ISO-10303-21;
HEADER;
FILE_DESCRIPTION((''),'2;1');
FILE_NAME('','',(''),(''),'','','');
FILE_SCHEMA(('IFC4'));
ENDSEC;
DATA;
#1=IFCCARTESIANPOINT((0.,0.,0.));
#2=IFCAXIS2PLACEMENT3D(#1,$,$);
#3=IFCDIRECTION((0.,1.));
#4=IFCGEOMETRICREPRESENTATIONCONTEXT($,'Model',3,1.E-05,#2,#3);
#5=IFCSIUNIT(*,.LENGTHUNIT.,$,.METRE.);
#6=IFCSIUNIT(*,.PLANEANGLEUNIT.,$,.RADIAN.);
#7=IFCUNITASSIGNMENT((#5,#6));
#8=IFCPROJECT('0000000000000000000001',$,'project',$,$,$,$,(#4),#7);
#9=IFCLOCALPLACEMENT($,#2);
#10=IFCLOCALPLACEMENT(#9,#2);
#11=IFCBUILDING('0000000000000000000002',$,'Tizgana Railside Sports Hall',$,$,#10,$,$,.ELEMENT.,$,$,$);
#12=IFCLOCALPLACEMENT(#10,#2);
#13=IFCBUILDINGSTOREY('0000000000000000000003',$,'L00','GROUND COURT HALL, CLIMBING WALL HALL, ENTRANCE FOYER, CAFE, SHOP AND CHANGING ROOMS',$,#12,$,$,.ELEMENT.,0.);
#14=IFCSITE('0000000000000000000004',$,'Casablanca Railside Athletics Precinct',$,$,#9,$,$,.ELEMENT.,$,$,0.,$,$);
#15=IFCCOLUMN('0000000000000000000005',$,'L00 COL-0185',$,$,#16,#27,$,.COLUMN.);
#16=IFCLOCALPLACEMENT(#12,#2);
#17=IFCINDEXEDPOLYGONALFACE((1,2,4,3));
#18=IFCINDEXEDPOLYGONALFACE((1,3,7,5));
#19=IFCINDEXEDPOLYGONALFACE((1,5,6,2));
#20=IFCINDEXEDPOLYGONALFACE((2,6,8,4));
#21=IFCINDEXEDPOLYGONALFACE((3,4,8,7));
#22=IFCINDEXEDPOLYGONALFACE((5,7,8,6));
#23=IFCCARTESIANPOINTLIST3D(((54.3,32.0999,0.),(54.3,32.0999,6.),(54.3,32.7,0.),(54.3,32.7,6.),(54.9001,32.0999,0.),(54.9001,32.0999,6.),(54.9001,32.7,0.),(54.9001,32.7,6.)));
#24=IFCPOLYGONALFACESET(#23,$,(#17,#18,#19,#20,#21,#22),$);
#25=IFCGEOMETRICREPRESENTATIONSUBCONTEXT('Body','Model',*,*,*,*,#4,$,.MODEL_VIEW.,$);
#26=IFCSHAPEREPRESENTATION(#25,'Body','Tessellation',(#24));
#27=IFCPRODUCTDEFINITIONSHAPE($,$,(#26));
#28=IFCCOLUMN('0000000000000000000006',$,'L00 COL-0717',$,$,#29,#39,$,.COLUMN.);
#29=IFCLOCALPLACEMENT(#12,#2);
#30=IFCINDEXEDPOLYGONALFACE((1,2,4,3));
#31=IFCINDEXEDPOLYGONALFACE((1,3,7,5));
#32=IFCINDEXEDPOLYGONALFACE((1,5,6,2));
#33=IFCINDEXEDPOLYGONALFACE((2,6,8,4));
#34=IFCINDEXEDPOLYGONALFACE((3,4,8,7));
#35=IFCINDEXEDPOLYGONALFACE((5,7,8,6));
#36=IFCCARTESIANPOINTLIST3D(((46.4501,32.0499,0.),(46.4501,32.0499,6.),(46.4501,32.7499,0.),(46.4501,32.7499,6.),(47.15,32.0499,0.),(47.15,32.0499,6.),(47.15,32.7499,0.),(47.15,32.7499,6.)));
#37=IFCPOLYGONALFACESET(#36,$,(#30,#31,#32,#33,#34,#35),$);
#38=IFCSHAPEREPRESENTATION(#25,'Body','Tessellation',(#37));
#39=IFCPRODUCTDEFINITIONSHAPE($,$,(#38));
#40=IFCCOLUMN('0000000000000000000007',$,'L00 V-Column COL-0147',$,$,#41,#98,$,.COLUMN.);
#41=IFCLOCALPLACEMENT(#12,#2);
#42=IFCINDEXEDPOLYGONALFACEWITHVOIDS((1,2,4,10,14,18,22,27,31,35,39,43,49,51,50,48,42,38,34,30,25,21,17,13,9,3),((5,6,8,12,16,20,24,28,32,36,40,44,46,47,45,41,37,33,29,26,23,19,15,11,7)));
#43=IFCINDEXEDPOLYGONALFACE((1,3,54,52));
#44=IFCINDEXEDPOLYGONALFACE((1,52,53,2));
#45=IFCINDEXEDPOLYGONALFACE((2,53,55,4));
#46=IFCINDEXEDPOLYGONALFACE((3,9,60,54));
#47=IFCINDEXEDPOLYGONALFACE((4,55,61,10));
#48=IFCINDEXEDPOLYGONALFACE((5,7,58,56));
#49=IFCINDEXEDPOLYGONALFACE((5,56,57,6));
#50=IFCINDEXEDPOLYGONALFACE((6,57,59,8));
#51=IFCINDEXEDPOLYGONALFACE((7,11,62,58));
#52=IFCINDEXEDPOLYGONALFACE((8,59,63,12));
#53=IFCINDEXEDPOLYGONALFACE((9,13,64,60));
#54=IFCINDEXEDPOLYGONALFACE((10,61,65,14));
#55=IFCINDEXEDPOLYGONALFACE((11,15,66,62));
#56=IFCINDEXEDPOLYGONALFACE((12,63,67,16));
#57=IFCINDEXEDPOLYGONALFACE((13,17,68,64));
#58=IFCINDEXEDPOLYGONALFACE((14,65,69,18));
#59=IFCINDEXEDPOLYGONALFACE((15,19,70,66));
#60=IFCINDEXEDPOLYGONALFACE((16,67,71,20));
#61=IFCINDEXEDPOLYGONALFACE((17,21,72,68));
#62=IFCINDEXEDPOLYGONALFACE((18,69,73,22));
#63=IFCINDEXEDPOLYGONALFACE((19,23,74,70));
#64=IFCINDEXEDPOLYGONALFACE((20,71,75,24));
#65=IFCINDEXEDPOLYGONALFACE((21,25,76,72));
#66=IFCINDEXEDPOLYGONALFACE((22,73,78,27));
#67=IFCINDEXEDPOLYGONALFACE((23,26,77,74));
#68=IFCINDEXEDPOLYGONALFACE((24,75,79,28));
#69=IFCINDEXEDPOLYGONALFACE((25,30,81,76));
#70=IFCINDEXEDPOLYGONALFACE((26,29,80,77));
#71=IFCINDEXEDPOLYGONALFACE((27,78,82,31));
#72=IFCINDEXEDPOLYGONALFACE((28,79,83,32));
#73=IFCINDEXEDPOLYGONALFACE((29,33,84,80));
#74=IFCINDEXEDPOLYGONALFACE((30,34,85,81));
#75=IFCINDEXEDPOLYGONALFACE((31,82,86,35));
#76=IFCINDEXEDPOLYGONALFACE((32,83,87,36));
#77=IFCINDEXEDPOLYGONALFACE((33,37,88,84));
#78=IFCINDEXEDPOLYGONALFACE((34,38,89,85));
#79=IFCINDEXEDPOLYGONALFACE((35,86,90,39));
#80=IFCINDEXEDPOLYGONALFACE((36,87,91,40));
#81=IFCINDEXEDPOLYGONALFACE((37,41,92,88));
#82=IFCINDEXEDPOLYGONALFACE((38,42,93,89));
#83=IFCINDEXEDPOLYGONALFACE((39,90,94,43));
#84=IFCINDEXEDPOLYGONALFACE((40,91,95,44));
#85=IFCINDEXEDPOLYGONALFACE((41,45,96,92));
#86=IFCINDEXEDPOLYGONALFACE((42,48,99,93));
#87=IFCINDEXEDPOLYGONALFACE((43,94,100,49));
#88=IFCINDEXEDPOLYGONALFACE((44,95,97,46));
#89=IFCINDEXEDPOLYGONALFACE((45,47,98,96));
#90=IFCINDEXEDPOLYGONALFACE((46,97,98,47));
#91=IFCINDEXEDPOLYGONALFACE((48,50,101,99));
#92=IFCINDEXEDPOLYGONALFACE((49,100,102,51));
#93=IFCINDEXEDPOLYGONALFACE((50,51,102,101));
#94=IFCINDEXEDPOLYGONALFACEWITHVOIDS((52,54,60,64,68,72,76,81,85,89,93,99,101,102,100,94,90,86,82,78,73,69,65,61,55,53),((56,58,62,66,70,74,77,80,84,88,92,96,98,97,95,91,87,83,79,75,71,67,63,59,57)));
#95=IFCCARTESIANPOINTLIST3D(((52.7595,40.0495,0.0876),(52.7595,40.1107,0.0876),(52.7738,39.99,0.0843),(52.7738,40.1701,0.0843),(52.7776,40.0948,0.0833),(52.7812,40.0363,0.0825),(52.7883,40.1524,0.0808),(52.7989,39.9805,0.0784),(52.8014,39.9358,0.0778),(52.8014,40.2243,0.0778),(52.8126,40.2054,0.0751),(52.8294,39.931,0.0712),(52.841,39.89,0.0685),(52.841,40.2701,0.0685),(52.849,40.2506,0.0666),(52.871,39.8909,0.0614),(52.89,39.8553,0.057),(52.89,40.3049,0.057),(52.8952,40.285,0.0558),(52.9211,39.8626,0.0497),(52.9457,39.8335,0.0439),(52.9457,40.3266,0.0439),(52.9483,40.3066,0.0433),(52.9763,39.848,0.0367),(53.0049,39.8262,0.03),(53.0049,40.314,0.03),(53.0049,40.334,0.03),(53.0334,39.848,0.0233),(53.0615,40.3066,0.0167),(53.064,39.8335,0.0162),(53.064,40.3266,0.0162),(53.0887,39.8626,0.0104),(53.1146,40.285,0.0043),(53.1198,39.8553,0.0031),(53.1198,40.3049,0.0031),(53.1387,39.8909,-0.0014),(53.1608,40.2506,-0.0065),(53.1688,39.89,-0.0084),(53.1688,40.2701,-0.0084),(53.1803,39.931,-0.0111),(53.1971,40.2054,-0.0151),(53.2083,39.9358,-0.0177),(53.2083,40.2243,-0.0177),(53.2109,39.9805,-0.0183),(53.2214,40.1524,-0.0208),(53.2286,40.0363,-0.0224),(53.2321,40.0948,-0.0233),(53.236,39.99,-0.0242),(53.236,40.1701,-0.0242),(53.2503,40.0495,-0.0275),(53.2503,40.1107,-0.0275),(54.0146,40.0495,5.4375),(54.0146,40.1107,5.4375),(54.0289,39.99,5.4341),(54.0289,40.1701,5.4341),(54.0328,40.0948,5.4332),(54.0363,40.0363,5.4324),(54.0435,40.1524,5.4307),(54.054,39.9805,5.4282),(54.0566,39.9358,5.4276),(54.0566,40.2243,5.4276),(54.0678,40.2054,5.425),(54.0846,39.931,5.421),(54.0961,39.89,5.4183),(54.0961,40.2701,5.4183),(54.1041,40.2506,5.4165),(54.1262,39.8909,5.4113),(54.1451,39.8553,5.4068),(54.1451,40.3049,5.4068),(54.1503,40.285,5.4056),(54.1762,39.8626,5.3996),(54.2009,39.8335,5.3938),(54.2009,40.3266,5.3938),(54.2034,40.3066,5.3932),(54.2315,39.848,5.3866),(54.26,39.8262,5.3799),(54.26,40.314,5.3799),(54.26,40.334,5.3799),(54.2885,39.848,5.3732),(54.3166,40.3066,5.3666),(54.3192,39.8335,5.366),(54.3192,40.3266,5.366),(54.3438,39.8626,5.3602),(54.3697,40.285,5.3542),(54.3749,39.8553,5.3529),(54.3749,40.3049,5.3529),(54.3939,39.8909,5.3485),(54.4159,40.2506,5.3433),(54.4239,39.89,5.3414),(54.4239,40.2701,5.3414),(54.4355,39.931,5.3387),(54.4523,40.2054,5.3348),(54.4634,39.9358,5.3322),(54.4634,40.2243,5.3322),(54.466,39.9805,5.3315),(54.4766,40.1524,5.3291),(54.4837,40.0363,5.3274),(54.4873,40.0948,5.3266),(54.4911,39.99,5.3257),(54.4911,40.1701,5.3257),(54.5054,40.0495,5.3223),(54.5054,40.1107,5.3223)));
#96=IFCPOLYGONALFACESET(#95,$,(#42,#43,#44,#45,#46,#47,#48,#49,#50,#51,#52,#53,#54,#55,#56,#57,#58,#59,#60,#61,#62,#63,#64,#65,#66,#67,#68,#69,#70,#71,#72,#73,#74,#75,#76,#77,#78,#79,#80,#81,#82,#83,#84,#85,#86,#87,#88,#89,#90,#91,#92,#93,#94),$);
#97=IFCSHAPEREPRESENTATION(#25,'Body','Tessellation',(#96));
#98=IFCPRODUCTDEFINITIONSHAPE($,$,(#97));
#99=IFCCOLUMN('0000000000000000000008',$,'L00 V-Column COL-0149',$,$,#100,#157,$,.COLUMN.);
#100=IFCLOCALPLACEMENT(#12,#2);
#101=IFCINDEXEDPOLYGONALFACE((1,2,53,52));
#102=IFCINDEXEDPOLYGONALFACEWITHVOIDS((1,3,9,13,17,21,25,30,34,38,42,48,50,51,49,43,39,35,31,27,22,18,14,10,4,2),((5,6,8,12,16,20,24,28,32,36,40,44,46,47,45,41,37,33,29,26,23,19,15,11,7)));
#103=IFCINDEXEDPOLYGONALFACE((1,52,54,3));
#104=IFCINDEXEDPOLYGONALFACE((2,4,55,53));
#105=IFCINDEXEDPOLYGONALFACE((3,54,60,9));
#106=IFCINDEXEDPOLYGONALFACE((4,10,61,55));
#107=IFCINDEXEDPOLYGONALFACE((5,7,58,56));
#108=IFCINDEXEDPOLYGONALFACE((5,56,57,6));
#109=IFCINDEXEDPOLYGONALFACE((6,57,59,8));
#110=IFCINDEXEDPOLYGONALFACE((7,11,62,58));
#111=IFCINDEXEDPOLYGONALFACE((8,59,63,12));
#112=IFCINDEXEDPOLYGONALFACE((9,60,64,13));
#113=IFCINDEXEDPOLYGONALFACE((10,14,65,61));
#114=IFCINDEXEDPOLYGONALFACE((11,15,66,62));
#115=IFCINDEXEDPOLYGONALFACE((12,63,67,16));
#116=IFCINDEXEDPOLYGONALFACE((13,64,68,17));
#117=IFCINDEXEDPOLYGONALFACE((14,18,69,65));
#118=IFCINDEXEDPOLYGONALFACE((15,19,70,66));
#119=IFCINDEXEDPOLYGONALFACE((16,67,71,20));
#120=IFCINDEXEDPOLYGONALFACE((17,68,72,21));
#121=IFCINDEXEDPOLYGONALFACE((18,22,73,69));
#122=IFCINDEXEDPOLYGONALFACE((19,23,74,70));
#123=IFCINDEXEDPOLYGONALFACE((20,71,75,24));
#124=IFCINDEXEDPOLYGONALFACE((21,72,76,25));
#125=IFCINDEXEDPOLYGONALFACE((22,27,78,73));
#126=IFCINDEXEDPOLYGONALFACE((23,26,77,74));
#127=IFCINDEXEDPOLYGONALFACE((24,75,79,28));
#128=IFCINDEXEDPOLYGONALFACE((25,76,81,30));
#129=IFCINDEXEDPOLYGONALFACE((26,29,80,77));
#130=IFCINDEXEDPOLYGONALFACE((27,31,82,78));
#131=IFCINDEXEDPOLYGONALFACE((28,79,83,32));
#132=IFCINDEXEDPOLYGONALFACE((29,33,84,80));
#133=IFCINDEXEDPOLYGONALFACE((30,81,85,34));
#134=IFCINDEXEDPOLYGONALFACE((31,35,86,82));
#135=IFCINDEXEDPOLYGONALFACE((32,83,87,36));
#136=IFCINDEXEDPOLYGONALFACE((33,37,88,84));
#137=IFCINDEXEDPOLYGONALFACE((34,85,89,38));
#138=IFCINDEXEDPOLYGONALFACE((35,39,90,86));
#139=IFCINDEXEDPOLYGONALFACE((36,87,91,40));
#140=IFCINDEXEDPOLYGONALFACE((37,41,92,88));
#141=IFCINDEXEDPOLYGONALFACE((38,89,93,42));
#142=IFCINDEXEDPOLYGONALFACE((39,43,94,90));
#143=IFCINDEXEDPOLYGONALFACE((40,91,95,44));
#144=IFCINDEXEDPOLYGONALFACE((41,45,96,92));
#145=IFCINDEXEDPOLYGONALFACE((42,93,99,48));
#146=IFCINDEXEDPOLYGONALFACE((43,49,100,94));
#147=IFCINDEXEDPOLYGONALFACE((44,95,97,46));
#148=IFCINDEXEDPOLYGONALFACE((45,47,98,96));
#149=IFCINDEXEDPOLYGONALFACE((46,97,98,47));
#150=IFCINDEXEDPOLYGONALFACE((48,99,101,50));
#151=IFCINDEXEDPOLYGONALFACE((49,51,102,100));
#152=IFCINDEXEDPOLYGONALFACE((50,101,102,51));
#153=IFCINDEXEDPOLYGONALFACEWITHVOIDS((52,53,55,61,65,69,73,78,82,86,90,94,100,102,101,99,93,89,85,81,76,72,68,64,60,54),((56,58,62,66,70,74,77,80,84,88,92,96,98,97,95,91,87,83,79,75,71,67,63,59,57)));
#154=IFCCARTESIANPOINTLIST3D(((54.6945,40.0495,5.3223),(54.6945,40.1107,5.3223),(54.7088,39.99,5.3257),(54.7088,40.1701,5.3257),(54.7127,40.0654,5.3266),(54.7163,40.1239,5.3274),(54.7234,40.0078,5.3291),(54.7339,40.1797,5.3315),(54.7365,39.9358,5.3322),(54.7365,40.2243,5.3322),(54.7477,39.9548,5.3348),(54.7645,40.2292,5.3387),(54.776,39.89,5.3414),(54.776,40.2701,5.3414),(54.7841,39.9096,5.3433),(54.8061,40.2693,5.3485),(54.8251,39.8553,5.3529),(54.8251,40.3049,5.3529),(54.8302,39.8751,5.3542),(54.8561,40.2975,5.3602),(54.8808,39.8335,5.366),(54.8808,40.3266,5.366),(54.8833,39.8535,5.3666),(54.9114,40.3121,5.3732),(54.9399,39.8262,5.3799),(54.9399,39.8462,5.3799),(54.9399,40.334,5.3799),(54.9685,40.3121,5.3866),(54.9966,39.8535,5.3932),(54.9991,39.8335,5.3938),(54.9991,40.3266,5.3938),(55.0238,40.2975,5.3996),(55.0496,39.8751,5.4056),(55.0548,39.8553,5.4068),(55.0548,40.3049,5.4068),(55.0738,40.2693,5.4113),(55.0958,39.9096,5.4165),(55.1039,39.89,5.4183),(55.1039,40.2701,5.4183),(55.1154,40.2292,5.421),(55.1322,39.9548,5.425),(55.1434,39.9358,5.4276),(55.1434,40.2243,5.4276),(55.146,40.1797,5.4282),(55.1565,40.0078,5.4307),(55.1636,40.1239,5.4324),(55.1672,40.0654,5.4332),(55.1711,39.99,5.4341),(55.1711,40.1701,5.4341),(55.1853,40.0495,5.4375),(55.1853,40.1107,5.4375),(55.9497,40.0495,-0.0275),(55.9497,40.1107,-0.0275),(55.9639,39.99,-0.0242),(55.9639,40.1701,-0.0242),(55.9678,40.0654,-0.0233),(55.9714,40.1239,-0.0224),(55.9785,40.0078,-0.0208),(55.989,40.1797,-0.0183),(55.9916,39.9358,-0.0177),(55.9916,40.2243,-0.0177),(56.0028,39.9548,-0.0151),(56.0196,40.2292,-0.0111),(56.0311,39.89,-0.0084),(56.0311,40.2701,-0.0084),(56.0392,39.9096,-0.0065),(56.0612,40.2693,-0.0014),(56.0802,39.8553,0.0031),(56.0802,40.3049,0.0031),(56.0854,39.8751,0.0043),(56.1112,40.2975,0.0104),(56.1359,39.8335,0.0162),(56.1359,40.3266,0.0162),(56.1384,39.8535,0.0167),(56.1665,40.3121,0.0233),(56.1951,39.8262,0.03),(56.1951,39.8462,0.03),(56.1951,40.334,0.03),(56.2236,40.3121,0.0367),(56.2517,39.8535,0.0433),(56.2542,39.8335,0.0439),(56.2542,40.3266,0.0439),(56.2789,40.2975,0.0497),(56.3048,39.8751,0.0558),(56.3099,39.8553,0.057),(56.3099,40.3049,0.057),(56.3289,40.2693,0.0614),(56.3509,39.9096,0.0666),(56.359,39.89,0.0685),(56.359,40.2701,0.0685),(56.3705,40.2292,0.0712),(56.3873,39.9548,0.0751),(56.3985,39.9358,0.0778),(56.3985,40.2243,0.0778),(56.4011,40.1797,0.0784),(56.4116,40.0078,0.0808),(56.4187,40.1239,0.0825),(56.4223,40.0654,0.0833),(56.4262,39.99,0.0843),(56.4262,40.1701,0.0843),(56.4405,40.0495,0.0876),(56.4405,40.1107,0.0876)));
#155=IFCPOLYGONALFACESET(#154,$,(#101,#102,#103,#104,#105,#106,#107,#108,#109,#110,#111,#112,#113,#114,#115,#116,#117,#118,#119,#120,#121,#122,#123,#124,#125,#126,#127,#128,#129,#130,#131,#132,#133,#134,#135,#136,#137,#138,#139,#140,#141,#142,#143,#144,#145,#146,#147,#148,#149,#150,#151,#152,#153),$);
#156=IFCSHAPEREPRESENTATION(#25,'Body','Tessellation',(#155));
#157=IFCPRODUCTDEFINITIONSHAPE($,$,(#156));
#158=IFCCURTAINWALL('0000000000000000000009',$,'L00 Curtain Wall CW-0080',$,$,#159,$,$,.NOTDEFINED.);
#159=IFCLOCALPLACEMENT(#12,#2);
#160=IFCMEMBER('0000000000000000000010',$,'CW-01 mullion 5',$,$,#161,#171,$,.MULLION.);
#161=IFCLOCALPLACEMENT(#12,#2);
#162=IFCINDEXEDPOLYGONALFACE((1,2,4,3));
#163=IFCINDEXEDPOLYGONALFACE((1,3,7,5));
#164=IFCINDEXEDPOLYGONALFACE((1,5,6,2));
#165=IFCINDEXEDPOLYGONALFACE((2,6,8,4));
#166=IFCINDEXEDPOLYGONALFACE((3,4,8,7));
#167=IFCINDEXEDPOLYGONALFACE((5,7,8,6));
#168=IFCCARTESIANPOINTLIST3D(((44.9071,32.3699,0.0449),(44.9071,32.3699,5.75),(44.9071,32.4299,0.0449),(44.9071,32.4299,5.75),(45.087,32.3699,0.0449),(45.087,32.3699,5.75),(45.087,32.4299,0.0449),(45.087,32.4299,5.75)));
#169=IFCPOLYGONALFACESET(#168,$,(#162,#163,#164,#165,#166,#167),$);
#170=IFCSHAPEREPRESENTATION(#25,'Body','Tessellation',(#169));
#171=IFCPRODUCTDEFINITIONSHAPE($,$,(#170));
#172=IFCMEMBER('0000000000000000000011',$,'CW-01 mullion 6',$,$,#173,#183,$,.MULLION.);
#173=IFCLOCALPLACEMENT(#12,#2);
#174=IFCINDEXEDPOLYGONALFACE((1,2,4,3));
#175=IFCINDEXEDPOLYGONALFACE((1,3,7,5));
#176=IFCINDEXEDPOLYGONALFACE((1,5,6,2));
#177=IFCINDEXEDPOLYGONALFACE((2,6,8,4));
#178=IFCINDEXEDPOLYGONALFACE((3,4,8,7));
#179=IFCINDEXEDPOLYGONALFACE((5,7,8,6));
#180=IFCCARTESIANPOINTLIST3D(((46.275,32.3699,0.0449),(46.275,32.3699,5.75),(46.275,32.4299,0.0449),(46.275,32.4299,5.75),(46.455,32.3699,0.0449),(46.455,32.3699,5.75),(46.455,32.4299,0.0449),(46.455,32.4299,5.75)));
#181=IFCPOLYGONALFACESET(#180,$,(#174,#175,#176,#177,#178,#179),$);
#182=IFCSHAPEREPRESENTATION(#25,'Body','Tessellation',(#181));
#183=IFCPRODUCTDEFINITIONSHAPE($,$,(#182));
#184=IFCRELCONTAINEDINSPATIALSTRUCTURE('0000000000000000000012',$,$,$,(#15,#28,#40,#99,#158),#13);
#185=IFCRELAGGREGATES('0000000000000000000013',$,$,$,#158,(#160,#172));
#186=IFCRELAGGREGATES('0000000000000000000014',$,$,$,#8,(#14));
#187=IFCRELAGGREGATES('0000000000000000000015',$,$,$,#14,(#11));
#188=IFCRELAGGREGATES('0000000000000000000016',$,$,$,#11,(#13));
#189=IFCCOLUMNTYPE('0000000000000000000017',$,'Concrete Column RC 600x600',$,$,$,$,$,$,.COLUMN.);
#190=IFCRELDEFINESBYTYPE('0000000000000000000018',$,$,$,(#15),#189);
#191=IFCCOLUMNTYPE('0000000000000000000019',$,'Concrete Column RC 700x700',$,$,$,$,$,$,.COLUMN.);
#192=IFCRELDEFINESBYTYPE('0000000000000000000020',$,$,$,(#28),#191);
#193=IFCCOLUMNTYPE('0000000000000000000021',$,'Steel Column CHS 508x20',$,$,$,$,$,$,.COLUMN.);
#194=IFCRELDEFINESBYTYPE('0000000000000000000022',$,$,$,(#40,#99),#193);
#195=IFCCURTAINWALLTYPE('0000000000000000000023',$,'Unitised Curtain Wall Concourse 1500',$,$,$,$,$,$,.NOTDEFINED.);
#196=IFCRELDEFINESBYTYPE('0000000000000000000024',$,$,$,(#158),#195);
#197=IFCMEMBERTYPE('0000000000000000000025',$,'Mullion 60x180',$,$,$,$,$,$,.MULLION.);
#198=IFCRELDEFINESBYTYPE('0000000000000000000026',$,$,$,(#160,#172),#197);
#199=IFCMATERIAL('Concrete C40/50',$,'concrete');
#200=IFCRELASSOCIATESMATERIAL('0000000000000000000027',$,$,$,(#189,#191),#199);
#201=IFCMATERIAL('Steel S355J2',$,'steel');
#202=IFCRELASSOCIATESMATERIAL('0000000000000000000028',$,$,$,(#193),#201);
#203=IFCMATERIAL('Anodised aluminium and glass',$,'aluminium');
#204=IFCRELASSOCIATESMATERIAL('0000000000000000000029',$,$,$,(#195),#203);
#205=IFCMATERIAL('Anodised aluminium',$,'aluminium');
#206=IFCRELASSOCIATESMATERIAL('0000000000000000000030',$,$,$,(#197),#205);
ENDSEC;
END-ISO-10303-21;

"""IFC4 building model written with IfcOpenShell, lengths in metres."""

from ifc_helpers import new_model, si_unit, direction, frame, origin, origin_2d, place, context, subcontext, project, spatial, rectangle, hollow_circle, extrude, material, material_profile, profile_set, type_object, element, aggregate, save


model = new_model("IFC4")

# Units and contexts
model_context = context("Model", 3, precision=1e-05, world=origin(), true_north=direction((0.0, 1.0)))
body_context = subcontext(model_context, "Body", "Model", "MODEL_VIEW")
ifc_project = project(units=[si_unit("LENGTHUNIT", "METRE"), si_unit("PLANEANGLEUNIT", "RADIAN")], contexts=[model_context])

# Site, building, storey
site_placement = place(None, origin())
site = spatial("IfcSite", under=ifc_project, at=site_placement, Name="Casablanca Railside Athletics Precinct", CompositionType="ELEMENT", RefElevation=0.0)
building_placement = place(site_placement, origin())
building = spatial("IfcBuilding", under=site, at=building_placement, Name="Tizgana Railside Sports Hall", CompositionType="ELEMENT")
storey_placement = place(building_placement, origin())
storey = spatial("IfcBuildingStorey", under=building, at=storey_placement, Name="L00", Description="GROUND COURT HALL, CLIMBING WALL HALL, ENTRANCE FOYER, CAFE, SHOP AND CHANGING ROOMS", CompositionType="ELEMENT", Elevation=0.0)

# Columns
ifc_material_1 = material(Name="Concrete C40/50", Category="concrete")
ifc_material_profile_1 = material_profile(ifc_material_1, rectangle(XDim=0.6001, YDim=0.6001, at=origin_2d()), Name="RC 600x600")
ifc_profile_set_1 = profile_set([ifc_material_profile_1], Name="Concrete C40/50")
column_type_1 = type_object("IfcColumnType", Name="Concrete Column RC 600x600", PredefinedType="COLUMN", material=ifc_profile_set_1)
column_1_placement = place(storey_placement, frame((54.6001, 32.3999, 0.0), z_axis=(0.0, 0.0, 1.0), x_axis=(1.0, 0.0, 0.0)))
element("IfcColumn", 1, at=column_1_placement, inside=storey, type_object=column_type_1, Name="L00 COL-0185", PredefinedType="COLUMN", context=body_context, shape_type="SweptSolid", body=[
    extrude(rectangle(XDim=0.6001, YDim=0.6001, at=origin_2d()), origin(), (0.0, 0.0, 1.0), 6.0),
])
ifc_material_profile_2 = material_profile(ifc_material_1, rectangle(XDim=0.7, YDim=0.7, at=origin_2d()), Name="RC 700x700")
ifc_profile_set_2 = profile_set([ifc_material_profile_2], Name="Concrete C40/50")
column_type_2 = type_object("IfcColumnType", Name="Concrete Column RC 700x700", PredefinedType="COLUMN", material=ifc_profile_set_2)
column_2_placement = place(storey_placement, frame((46.8, 32.3999, 0.0), z_axis=(0.0, 0.0, 1.0), x_axis=(1.0, 0.0, 0.0)))
element("IfcColumn", 2, at=column_2_placement, inside=storey, type_object=column_type_2, Name="L00 COL-0717", PredefinedType="COLUMN", context=body_context, shape_type="SweptSolid", body=[
    extrude(rectangle(XDim=0.7, YDim=0.7, at=origin_2d()), origin(), (0.0, 0.0, 1.0), 6.0),
])
ifc_material_2 = material(Name="Steel S355J2", Category="steel")
ifc_material_profile_3 = material_profile(ifc_material_2, hollow_circle(Radius=0.2539, WallThickness=0.02, at=origin_2d()), Name="CHS 508x20")
ifc_profile_set_3 = profile_set([ifc_material_profile_3], Name="Steel S355J2")
column_type_3 = type_object("IfcColumnType", Name="Steel Column CHS 508x20", PredefinedType="COLUMN", material=ifc_profile_set_3)
for number, where, z_axis, x_axis, name in (
    (3, (53.0049, 40.0801, 0.03), (0.228408, 0.0, 0.973566), (0.0, 1.0, 0.0), "L00 V-Column COL-0147"),
    (4, (56.1951, 40.0801, 0.03), (-0.228408, 0.0, 0.973566), (0.0, -1.0, 0.0), "L00 V-Column COL-0149"),
):
    element("IfcColumn", number, at=place(storey_placement, frame(where, z_axis=z_axis, x_axis=x_axis)), inside=storey, type_object=column_type_3, Name=name, PredefinedType="COLUMN", context=body_context, shape_type="SweptSolid", body=[
        extrude(hollow_circle(Radius=0.2539, WallThickness=0.02, at=origin_2d()), origin(), (0.0, 0.0, 1.0), 5.4951),
    ])

# Curtain wall, members
ifc_material_3 = material(Name="Anodised aluminium and glass", Category="aluminium")
curtain_wall_type = type_object("IfcCurtainWallType", Name="Unitised Curtain Wall Concourse 1500", PredefinedType="NOTDEFINED", material=ifc_material_3)
curtain_wall_placement = place(storey_placement, origin())
curtain_wall = element("IfcCurtainWall", 5, at=curtain_wall_placement, inside=storey, type_object=curtain_wall_type, Name="L00 Curtain Wall CW-0080", PredefinedType="NOTDEFINED")
ifc_material_4 = material(Name="Anodised aluminium", Category="aluminium")
ifc_material_profile_4 = material_profile(ifc_material_4, rectangle(XDim=0.0601, YDim=0.1799, at=origin_2d()), Name="Mullion 60x180")
ifc_profile_set_4 = profile_set([ifc_material_profile_4], Name="Anodised aluminium")
member_type_1 = type_object("IfcMemberType", Name="Mullion 60x180", PredefinedType="MULLION", material=ifc_profile_set_4)
member_1_placement = place(storey_placement, frame((44.9971, 32.3999, 0.0449), z_axis=(0.0, 0.0, 1.0), x_axis=(0.0, 1.0, 0.0)))
member_1 = element("IfcMember", 6, at=member_1_placement, type_object=member_type_1, Name="CW-01 mullion 5", PredefinedType="MULLION", context=body_context, shape_type="SweptSolid", body=[
    extrude(rectangle(XDim=0.0601, YDim=0.1799, at=origin_2d()), origin(), (0.0, 0.0, 1.0), 5.7051),
])
member_2_placement = place(storey_placement, frame((46.365, 32.3999, 0.0449), z_axis=(0.0, 0.0, 1.0), x_axis=(0.0, 1.0, 0.0)))
member_2 = element("IfcMember", 7, at=member_2_placement, type_object=member_type_1, Name="CW-01 mullion 6", PredefinedType="MULLION", context=body_context, shape_type="SweptSolid", body=[
    extrude(rectangle(XDim=0.0601, YDim=0.1799, at=origin_2d()), origin(), (0.0, 0.0, 1.0), 5.7051),
])

aggregate(curtain_wall, [member_1, member_2])

save(model, "model.ifc")
